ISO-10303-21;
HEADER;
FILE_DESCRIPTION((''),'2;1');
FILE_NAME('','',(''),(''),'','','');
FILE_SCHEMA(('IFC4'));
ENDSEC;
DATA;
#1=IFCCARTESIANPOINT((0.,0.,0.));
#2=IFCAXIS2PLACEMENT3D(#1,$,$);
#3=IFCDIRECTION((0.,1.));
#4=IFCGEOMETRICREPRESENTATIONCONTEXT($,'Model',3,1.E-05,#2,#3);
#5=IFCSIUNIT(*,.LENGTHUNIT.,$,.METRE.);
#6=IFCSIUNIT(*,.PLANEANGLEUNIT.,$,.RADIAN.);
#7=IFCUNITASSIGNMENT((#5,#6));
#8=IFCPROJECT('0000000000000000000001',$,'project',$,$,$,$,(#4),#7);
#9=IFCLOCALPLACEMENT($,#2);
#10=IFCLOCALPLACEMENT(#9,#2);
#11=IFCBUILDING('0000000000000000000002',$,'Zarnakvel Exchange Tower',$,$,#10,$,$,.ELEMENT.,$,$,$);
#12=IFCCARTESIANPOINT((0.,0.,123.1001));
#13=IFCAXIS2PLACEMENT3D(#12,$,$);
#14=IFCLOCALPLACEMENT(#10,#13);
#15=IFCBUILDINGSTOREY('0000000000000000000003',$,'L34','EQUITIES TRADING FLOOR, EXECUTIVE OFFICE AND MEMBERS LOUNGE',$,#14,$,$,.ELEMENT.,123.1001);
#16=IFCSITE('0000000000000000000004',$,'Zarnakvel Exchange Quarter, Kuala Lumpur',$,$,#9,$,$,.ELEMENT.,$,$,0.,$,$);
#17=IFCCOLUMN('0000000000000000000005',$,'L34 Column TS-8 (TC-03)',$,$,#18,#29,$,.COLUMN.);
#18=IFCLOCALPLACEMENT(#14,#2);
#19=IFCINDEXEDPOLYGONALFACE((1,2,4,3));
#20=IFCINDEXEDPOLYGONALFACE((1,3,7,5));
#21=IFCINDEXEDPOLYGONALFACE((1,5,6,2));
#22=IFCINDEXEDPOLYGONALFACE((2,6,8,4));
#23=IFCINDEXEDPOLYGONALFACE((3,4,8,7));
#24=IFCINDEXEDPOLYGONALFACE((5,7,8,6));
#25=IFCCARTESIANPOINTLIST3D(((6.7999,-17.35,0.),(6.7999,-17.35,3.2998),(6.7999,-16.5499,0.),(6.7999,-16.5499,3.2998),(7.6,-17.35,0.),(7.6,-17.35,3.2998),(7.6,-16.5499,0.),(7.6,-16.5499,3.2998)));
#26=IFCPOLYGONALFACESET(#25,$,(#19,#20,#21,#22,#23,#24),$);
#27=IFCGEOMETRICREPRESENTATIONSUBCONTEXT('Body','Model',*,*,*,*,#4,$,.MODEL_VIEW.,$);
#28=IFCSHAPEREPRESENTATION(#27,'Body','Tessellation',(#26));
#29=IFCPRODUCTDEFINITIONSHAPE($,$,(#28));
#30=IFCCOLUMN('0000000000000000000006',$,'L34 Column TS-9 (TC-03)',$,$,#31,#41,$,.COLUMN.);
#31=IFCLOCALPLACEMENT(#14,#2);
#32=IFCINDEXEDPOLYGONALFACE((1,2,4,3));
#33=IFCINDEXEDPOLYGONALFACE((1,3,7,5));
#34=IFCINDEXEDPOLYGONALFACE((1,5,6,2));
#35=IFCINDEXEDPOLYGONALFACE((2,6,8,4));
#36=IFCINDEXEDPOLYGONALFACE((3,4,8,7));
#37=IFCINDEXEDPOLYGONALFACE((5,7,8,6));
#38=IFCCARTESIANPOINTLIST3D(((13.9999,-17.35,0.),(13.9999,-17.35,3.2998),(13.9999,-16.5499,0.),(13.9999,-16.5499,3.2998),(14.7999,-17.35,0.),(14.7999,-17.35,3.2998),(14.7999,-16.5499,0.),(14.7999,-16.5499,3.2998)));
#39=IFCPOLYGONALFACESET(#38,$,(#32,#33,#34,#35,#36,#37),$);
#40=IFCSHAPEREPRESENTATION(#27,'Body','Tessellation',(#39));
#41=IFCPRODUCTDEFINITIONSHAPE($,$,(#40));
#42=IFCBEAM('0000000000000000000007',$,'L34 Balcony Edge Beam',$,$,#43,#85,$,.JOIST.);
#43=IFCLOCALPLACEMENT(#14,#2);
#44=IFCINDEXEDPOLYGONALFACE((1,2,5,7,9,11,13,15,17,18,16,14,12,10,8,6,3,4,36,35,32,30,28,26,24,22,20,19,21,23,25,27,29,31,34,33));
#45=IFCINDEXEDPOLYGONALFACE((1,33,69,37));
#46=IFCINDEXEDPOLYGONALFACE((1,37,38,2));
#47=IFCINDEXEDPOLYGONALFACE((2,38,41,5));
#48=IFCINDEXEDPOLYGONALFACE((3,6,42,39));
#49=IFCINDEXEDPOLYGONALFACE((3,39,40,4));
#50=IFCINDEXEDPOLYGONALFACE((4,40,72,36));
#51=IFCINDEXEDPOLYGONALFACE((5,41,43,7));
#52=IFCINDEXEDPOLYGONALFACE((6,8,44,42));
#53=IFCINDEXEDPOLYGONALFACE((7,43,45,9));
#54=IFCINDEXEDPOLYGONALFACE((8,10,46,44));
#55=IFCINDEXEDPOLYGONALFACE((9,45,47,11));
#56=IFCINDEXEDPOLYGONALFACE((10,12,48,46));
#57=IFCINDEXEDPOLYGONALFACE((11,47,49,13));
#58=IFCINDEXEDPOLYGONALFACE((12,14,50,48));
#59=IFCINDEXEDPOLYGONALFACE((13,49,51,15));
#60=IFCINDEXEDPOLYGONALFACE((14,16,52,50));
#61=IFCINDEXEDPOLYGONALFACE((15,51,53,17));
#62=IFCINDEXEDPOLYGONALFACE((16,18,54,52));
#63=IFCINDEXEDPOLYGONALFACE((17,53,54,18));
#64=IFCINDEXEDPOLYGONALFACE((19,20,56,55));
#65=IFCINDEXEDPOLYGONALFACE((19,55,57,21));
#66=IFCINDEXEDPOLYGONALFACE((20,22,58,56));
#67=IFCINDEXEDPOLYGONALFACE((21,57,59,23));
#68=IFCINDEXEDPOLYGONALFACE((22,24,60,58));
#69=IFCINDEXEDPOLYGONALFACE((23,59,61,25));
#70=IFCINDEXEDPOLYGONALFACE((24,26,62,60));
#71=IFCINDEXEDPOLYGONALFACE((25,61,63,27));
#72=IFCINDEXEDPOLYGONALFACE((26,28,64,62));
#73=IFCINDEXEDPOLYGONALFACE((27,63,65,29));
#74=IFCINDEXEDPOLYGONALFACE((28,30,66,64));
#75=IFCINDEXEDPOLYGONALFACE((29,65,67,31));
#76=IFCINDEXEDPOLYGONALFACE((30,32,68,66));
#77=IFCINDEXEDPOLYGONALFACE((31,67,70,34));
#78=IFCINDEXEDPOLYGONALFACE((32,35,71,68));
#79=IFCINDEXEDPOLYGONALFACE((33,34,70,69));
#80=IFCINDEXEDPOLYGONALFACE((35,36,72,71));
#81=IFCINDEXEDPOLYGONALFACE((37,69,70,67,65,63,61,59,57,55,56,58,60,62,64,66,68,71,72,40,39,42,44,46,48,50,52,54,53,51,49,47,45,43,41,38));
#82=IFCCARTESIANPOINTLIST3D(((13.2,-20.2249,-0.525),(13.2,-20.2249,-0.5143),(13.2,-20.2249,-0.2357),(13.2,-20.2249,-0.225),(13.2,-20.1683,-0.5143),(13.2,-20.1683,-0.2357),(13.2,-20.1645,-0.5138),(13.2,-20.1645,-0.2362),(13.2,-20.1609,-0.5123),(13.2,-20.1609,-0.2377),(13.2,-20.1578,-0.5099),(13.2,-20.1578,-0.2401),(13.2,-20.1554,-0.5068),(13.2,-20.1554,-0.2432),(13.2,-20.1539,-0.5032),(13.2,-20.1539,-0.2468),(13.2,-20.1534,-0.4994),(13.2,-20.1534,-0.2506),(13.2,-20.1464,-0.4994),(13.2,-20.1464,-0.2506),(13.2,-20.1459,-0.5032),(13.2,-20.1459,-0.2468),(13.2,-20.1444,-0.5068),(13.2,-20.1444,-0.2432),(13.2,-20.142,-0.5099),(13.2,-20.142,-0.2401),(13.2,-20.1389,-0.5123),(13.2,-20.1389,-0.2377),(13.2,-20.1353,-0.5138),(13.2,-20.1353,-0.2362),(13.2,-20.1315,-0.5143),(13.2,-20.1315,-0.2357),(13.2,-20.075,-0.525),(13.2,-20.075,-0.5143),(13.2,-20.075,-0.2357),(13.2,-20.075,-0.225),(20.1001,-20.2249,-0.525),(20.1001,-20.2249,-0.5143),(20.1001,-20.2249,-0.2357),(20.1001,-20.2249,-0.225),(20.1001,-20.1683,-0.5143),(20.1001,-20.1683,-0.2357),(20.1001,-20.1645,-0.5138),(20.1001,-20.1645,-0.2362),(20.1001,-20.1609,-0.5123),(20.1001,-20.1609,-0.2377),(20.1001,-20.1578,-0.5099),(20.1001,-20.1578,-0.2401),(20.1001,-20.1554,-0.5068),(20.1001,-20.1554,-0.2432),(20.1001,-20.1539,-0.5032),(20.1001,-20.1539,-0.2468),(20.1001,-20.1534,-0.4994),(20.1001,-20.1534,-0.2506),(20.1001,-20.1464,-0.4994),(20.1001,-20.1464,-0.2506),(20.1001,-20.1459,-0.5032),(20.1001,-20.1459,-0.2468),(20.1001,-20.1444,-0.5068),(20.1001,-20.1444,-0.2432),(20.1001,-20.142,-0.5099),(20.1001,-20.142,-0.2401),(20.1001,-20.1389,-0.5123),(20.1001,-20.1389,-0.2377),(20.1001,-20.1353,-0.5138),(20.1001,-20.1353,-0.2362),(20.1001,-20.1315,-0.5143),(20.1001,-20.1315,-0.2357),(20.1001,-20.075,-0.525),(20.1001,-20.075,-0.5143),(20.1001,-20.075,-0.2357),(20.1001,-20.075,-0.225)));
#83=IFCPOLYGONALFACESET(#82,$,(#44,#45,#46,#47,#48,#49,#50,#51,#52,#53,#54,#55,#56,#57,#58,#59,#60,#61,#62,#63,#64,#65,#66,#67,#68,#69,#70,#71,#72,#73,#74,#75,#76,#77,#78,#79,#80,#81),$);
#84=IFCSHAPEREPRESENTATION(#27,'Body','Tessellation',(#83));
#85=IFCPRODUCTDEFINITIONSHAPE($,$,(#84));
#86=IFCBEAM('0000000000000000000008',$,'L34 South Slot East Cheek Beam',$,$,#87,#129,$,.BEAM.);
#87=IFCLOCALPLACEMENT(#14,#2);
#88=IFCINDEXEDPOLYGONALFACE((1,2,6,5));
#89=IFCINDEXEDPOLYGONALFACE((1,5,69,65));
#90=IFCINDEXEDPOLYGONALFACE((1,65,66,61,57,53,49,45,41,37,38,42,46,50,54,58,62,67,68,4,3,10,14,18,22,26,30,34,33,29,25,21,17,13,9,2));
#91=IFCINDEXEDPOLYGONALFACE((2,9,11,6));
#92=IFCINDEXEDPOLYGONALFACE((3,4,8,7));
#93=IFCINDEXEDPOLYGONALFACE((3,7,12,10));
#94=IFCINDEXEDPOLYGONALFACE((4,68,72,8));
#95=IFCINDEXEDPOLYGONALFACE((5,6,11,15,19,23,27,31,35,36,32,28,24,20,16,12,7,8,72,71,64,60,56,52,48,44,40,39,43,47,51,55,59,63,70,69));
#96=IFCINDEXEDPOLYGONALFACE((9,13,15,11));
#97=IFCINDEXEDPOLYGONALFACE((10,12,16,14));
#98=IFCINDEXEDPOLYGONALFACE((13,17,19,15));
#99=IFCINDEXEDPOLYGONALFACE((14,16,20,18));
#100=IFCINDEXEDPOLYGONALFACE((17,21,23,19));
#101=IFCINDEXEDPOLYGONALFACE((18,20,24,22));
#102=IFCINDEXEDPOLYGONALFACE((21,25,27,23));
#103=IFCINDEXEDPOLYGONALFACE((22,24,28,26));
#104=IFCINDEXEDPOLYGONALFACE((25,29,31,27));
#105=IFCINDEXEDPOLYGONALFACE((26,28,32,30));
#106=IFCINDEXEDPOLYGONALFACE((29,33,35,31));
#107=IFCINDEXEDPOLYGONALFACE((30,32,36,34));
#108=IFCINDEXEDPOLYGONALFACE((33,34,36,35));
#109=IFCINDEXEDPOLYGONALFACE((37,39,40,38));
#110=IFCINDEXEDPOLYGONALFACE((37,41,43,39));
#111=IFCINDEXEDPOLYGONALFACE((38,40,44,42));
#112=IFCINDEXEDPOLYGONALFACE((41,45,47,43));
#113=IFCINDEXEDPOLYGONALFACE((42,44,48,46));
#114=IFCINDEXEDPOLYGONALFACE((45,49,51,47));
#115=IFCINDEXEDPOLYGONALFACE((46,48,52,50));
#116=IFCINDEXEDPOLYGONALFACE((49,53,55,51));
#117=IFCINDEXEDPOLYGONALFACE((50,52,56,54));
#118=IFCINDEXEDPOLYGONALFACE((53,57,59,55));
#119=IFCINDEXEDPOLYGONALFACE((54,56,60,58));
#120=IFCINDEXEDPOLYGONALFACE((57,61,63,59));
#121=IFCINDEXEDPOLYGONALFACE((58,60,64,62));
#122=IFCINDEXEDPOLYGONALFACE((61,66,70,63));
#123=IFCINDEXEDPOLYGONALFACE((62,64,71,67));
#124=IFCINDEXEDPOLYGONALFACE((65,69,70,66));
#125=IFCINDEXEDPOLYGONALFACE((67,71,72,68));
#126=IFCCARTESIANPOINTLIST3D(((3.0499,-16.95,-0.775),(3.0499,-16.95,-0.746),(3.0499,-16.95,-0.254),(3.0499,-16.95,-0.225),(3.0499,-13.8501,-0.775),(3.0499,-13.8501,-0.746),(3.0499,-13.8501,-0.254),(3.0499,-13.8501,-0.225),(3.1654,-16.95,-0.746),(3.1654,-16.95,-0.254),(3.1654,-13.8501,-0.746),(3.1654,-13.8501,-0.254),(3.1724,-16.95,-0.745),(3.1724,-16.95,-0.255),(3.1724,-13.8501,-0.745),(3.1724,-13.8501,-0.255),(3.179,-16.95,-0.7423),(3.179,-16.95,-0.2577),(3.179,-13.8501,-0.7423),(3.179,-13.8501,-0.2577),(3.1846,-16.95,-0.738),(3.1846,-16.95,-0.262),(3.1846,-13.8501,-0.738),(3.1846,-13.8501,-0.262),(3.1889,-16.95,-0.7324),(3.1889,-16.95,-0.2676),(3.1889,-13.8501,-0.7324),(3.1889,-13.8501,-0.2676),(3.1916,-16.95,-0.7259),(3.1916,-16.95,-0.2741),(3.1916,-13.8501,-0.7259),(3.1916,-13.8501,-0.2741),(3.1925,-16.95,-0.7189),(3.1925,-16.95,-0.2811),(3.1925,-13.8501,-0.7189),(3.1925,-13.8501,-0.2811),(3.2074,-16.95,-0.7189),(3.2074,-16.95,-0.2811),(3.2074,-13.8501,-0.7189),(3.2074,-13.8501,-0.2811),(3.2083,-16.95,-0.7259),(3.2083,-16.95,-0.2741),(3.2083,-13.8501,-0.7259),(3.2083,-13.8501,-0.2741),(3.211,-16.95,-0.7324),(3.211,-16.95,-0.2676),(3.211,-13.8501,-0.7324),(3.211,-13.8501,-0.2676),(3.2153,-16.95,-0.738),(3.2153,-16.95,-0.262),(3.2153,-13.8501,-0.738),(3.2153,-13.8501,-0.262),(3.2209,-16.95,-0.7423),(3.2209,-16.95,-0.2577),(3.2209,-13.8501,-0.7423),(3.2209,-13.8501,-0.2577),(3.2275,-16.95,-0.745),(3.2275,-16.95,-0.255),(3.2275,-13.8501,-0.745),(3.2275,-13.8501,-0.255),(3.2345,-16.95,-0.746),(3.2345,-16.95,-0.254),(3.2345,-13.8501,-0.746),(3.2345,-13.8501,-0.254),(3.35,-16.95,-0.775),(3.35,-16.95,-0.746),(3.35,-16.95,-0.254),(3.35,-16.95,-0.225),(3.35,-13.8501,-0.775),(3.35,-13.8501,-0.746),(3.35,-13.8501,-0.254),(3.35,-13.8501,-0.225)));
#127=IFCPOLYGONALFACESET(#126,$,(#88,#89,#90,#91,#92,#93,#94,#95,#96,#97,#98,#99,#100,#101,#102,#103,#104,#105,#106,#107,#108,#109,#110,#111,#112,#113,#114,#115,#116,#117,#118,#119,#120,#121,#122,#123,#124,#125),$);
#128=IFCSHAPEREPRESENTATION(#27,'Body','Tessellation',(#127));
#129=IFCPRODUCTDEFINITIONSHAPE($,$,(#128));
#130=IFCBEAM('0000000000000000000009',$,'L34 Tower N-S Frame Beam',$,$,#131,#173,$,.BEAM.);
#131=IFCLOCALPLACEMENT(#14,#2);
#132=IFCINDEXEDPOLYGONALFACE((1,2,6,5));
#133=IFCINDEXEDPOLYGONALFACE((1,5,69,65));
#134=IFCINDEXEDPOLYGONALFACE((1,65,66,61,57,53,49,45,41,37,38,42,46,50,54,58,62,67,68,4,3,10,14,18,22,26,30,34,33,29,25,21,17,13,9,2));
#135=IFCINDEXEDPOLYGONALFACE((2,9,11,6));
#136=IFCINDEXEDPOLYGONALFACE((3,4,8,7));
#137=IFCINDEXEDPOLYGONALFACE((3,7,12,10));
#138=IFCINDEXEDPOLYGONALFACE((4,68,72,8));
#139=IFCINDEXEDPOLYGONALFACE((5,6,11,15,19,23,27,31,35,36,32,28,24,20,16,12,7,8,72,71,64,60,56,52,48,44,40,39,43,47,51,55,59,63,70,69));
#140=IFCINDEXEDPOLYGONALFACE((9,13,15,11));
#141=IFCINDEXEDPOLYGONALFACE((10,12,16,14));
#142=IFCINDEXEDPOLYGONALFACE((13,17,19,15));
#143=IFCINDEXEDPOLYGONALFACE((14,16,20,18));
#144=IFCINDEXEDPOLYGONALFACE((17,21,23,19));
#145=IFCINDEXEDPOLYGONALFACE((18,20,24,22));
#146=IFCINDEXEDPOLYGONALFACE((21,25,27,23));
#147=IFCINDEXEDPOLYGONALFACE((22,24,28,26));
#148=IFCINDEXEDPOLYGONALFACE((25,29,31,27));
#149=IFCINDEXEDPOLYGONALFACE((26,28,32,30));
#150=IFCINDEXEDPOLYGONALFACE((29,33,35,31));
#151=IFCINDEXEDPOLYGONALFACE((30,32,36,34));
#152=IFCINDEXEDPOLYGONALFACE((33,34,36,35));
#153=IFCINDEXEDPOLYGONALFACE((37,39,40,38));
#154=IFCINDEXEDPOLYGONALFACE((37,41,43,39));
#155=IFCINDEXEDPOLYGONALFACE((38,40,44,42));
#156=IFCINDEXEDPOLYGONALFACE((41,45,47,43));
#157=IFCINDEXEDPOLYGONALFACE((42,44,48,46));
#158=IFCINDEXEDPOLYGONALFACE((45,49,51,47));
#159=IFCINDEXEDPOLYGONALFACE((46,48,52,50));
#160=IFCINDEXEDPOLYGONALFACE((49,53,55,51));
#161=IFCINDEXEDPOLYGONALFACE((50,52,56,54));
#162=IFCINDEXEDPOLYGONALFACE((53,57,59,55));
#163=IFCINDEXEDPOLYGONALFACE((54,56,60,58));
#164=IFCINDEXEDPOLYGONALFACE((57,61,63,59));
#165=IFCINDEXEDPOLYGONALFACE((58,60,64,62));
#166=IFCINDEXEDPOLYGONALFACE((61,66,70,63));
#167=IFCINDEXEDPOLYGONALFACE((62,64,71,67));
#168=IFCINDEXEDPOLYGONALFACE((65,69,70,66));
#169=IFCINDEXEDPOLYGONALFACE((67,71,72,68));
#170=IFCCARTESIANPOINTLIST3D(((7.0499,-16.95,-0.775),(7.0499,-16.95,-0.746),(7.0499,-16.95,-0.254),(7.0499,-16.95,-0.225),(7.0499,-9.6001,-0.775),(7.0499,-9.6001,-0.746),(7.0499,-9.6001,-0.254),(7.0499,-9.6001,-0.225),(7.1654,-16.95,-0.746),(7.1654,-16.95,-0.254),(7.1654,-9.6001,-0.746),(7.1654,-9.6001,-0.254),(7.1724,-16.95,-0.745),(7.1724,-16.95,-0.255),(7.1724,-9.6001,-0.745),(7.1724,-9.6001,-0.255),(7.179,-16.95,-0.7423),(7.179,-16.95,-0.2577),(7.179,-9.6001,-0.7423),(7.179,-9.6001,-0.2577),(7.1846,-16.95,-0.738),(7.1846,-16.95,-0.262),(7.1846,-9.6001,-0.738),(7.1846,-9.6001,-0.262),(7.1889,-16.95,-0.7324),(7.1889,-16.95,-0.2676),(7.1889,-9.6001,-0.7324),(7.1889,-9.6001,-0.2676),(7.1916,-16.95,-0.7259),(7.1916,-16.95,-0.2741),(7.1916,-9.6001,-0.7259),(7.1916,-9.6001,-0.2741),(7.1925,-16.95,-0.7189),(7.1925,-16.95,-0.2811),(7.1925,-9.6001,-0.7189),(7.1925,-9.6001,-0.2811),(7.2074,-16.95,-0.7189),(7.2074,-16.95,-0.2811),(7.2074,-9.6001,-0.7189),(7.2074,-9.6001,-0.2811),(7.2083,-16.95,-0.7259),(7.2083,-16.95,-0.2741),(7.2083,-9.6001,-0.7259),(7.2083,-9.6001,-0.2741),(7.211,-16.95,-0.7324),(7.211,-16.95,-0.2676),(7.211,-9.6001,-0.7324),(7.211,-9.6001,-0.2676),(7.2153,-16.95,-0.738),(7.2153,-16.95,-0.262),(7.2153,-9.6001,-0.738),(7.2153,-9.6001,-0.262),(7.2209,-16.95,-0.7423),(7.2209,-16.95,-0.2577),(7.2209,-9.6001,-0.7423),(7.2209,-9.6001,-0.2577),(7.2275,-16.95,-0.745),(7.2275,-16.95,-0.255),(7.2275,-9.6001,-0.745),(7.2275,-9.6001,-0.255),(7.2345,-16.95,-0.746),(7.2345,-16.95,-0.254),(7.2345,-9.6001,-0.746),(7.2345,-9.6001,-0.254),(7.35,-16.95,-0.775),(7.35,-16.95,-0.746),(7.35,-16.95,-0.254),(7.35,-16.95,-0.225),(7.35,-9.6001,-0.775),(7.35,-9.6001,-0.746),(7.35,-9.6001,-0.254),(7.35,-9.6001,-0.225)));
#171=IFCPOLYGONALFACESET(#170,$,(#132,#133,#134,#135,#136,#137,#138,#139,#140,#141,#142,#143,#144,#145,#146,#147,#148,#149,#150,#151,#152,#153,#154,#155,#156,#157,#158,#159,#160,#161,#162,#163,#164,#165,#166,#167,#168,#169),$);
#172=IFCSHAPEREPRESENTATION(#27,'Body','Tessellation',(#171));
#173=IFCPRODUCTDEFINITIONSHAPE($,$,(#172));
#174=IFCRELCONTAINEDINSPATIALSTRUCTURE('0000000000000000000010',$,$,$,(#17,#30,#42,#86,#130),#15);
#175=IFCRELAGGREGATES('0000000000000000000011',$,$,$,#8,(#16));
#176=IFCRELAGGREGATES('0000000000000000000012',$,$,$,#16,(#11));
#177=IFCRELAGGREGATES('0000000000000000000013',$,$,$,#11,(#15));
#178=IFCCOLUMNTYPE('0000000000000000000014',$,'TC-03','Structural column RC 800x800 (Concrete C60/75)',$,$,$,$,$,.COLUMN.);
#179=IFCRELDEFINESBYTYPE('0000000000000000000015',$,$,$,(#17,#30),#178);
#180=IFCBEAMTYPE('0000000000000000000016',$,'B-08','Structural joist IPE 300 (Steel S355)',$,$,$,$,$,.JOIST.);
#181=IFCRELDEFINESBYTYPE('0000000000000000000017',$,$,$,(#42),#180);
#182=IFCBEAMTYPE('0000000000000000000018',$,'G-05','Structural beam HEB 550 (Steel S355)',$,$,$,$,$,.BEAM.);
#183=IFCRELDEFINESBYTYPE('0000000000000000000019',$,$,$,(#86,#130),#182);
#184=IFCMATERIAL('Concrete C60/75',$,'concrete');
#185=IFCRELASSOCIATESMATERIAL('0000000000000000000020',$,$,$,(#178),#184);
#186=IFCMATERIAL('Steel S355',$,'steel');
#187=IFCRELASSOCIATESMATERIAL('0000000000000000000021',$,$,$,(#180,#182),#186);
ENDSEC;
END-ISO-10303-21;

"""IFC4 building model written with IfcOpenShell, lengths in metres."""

from ifc_helpers import new_model, si_unit, direction, frame, origin, origin_2d, place, context, subcontext, project, spatial, rectangle, i_section, extrude, material, material_profile, profile_set, type_object, element, save


model = new_model("IFC4")

# Units and contexts
model_context = context("Model", 3, precision=1e-05, world=origin(), true_north=direction((0.0, 1.0)))
body_context = subcontext(model_context, "Body", "Model", "MODEL_VIEW")
ifc_project = project(units=[si_unit("LENGTHUNIT", "METRE"), si_unit("PLANEANGLEUNIT", "RADIAN")], contexts=[model_context])

# Site, building, storey
site_placement = place(None, origin())
site = spatial("IfcSite", under=ifc_project, at=site_placement, Name="Zarnakvel Exchange Quarter, Kuala Lumpur", CompositionType="ELEMENT", RefElevation=0.0)
building_placement = place(site_placement, origin())
building = spatial("IfcBuilding", under=site, at=building_placement, Name="Zarnakvel Exchange Tower", CompositionType="ELEMENT")
storey_placement = place(building_placement, frame((0.0, 0.0, 123.1001)))
storey = spatial("IfcBuildingStorey", under=building, at=storey_placement, Name="L34", Description="EQUITIES TRADING FLOOR, EXECUTIVE OFFICE AND MEMBERS LOUNGE", CompositionType="ELEMENT", Elevation=123.1001)

# Columns
ifc_material_1 = material(Name="Concrete C60/75", Category="concrete")
ifc_material_profile_1 = material_profile(ifc_material_1, rectangle(XDim=0.8, YDim=0.8, at=origin_2d()))
ifc_profile_set_1 = profile_set([ifc_material_profile_1], Name="Concrete C60/75")
column_type = type_object("IfcColumnType", Name="TC-03", Description="Structural column RC 800x800 (Concrete C60/75)", PredefinedType="COLUMN", material=ifc_profile_set_1)
for number, where, z_axis, x_axis, name in (
    (1, (7.2, -16.95, 0.0), (0.0, 0.0, 1.0), (1.0, 0.0, 0.0), "L34 Column TS-8 (TC-03)"),
    (2, (14.3999, -16.95, 0.0), (0.0, 0.0, 1.0), (1.0, 0.0, 0.0), "L34 Column TS-9 (TC-03)"),
):
    element("IfcColumn", number, at=place(storey_placement, frame(where, z_axis=z_axis, x_axis=x_axis)), inside=storey, type_object=column_type, Name=name, PredefinedType="COLUMN", context=body_context, shape_type="SweptSolid", body=[
        extrude(rectangle(XDim=0.8, YDim=0.8, at=origin_2d()), origin(), (0.0, 0.0, 1.0), 3.2998),
    ])

# Beams
ifc_material_2 = material(Name="Steel S355", Category="steel")
ifc_material_profile_2 = material_profile(ifc_material_2, i_section(OverallWidth=0.1499, OverallDepth=0.3, WebThickness=0.0071, FlangeThickness=0.0107, FilletRadius=0.0149, at=origin_2d()))
ifc_profile_set_2 = profile_set([ifc_material_profile_2], Name="Steel S355")
beam_type_1 = type_object("IfcBeamType", Name="B-08", Description="Structural joist IPE 300 (Steel S355)", PredefinedType="JOIST", material=ifc_profile_set_2)
beam_1_placement = place(storey_placement, frame((13.2, -20.1499, -0.375), z_axis=(1.0, 0.0, 0.0), x_axis=(0.0, 1.0, 0.0)))
element("IfcBeam", 3, at=beam_1_placement, inside=storey, type_object=beam_type_1, Name="L34 Balcony Edge Beam", PredefinedType="JOIST", context=body_context, shape_type="SweptSolid", body=[
    extrude(i_section(OverallWidth=0.1499, OverallDepth=0.3, WebThickness=0.0071, FlangeThickness=0.0107, FilletRadius=0.0149, at=origin_2d()), origin(), (0.0, 0.0, 1.0), 6.9001),
])
ifc_material_profile_3 = material_profile(ifc_material_2, i_section(OverallWidth=0.3, OverallDepth=0.55, WebThickness=0.0149, FlangeThickness=0.0291, FilletRadius=0.0271, at=origin_2d()))
ifc_profile_set_3 = profile_set([ifc_material_profile_3], Name="Steel S355")
beam_type_2 = type_object("IfcBeamType", Name="G-05", Description="Structural beam HEB 550 (Steel S355)", PredefinedType="BEAM", material=ifc_profile_set_3)
beam_2_placement = place(storey_placement, frame((3.2, -16.95, -0.5), z_axis=(0.0, 1.0, 0.0), x_axis=(-1.0, 0.0, 0.0)))
element("IfcBeam", 4, at=beam_2_placement, inside=storey, type_object=beam_type_2, Name="L34 South Slot East Cheek Beam", PredefinedType="BEAM", context=body_context, shape_type="SweptSolid", body=[
    extrude(i_section(OverallWidth=0.3, OverallDepth=0.55, WebThickness=0.0149, FlangeThickness=0.0291, FilletRadius=0.0271, at=origin_2d()), origin(), (0.0, 0.0, 1.0), 3.0999),
])
beam_3_placement = place(storey_placement, frame((7.2, -16.95, -0.5), z_axis=(0.0, 1.0, 0.0), x_axis=(-1.0, 0.0, 0.0)))
element("IfcBeam", 5, at=beam_3_placement, inside=storey, type_object=beam_type_2, Name="L34 Tower N-S Frame Beam", PredefinedType="BEAM", context=body_context, shape_type="SweptSolid", body=[
    extrude(i_section(OverallWidth=0.3, OverallDepth=0.55, WebThickness=0.0149, FlangeThickness=0.0291, FilletRadius=0.0271, at=origin_2d()), origin(), (0.0, 0.0, 1.0), 7.3499),
])

save(model, "model.ifc")
